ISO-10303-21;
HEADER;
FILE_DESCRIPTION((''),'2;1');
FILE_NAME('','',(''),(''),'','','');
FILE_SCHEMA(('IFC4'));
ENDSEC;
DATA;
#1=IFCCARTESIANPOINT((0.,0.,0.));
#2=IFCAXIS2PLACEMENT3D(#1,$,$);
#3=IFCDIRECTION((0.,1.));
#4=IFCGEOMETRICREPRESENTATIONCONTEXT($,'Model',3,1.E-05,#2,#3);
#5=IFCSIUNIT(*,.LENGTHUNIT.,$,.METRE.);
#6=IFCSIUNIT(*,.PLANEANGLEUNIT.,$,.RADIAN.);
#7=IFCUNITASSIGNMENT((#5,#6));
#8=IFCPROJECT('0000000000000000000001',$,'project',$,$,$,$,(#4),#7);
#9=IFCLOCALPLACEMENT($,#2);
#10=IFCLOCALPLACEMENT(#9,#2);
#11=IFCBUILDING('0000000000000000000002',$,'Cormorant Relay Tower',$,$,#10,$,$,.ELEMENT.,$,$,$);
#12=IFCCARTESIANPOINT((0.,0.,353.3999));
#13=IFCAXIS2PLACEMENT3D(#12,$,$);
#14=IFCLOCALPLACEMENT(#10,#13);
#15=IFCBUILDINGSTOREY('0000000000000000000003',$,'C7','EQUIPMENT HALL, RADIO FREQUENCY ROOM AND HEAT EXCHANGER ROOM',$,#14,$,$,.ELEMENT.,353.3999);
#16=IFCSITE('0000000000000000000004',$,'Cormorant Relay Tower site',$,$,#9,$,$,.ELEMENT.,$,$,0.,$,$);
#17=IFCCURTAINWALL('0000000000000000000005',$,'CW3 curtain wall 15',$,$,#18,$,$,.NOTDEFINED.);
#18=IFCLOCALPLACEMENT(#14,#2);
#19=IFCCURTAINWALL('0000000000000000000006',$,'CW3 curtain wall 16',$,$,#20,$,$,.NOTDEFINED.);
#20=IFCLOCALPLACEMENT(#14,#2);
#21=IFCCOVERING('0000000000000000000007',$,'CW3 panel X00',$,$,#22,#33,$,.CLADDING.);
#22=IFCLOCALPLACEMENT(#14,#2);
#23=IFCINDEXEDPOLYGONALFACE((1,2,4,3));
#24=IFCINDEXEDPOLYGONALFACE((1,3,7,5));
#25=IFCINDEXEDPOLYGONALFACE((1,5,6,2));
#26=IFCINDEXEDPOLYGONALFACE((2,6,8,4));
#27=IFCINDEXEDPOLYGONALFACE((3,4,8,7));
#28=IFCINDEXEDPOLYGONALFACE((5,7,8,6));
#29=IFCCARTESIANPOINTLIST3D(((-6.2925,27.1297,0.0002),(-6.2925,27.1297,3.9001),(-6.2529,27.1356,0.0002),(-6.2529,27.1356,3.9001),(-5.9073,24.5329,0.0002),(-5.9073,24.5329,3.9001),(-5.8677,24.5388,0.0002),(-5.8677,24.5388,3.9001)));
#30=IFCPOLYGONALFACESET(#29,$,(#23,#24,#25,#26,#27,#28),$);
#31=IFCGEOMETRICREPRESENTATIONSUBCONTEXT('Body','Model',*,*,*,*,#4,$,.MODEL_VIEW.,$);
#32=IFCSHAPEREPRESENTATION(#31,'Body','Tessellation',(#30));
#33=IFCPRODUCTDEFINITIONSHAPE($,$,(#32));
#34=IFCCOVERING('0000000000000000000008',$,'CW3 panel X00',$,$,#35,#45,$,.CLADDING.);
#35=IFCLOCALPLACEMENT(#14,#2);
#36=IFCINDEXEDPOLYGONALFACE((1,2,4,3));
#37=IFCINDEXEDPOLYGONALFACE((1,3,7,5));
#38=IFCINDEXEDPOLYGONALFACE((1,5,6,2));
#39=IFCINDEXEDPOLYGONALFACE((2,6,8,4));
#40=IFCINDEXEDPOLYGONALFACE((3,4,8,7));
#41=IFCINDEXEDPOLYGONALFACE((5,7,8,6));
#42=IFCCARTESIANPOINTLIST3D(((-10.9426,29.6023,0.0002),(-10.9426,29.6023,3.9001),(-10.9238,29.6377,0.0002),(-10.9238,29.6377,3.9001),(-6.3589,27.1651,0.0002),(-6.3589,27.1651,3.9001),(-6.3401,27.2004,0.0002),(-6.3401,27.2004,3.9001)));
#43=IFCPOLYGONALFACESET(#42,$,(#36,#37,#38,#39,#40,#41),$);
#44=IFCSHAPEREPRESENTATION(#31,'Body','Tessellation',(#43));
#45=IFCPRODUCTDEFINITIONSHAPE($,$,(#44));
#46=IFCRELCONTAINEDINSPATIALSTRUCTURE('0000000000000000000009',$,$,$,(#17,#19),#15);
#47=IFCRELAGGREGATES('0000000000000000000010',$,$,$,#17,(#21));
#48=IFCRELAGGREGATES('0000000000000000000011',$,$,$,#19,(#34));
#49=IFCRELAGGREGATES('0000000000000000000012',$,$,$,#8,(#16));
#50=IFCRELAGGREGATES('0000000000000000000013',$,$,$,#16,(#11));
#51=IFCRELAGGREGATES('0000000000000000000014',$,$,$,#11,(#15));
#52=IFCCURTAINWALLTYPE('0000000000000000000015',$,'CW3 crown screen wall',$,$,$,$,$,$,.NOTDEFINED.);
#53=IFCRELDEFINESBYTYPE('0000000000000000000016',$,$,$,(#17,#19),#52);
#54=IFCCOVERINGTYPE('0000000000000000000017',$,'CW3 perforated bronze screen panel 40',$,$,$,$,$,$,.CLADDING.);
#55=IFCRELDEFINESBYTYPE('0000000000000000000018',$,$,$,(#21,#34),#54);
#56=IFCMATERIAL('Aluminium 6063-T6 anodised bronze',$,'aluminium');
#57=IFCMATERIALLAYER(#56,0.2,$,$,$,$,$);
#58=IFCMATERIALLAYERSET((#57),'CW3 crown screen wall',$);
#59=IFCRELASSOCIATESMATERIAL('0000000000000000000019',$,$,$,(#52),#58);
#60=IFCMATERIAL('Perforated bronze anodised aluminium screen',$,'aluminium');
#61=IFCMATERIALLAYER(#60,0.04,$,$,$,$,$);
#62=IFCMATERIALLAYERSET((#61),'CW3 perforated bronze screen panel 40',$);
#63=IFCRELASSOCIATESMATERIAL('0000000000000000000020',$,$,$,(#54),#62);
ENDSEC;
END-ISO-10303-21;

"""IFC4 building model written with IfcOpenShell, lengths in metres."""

from ifc_helpers import new_model, si_unit, direction, frame, origin, origin_2d, place, context, subcontext, project, spatial, rectangle, extrude, material, layer, layer_set, type_object, element, aggregate, save


model = new_model("IFC4")

# Units and contexts
model_context = context("Model", 3, precision=1e-05, world=origin(), true_north=direction((0.0, 1.0)))
body_context = subcontext(model_context, "Body", "Model", "MODEL_VIEW")
ifc_project = project(units=[si_unit("LENGTHUNIT", "METRE"), si_unit("PLANEANGLEUNIT", "RADIAN")], contexts=[model_context])

# Site, building, storey
site_placement = place(None, origin())
site = spatial("IfcSite", under=ifc_project, at=site_placement, Name="Cormorant Relay Tower site", CompositionType="ELEMENT", RefElevation=0.0)
building_placement = place(site_placement, origin())
building = spatial("IfcBuilding", under=site, at=building_placement, Name="Cormorant Relay Tower", CompositionType="ELEMENT")
storey_placement = place(building_placement, frame((0.0, 0.0, 353.3999)))
storey = spatial("IfcBuildingStorey", under=building, at=storey_placement, Name="C7", Description="EQUIPMENT HALL, RADIO FREQUENCY ROOM AND HEAT EXCHANGER ROOM", CompositionType="ELEMENT", Elevation=353.3999)

# Curtain walls
ifc_material_1 = material(Name="Aluminium 6063-T6 anodised bronze", Category="aluminium")
ifc_layer_1 = layer(ifc_material_1, 0.2)
ifc_layer_set_1 = layer_set([ifc_layer_1], Name="CW3 crown screen wall")
curtain_wall_type = type_object("IfcCurtainWallType", Name="CW3 crown screen wall", PredefinedType="NOTDEFINED", material=ifc_layer_set_1)
curtain_wall_1_placement = place(storey_placement, origin())
curtain_wall_1 = element("IfcCurtainWall", 1, at=curtain_wall_1_placement, inside=storey, type_object=curtain_wall_type, Name="CW3 curtain wall 15", PredefinedType="NOTDEFINED")
curtain_wall_2_placement = place(storey_placement, origin())
curtain_wall_2 = element("IfcCurtainWall", 2, at=curtain_wall_2_placement, inside=storey, type_object=curtain_wall_type, Name="CW3 curtain wall 16", PredefinedType="NOTDEFINED")

# Shared definitions
ifc_material_2 = material(Name="Perforated bronze anodised aluminium screen", Category="aluminium")
ifc_layer_2 = layer(ifc_material_2, 0.04)
ifc_layer_set_2 = layer_set([ifc_layer_2], Name="CW3 perforated bronze screen panel 40")
covering_type = type_object("IfcCoveringType", Name="CW3 perforated bronze screen panel 40", PredefinedType="CLADDING", material=ifc_layer_set_2)

# Coverings
covering_1_placement = place(storey_placement, frame((-6.0801, 25.8342, 0.0002), z_axis=(0.0, 0.0, 1.0), x_axis=(-0.14673, 0.989177, 0.0)))
covering_1 = element("IfcCovering", 3, at=covering_1_placement, type_object=covering_type, Name="CW3 panel X00", PredefinedType="CLADDING", context=body_context, shape_type="SweptSolid", body=[
    extrude(rectangle(XDim=2.6252, YDim=0.04, at=origin_2d()), origin(), (0.0, 0.0, 1.0), 3.8999),
])
aggregate(curtain_wall_1, [covering_1])
covering_2_placement = place(storey_placement, frame((-8.6414, 28.4014, 0.0002), z_axis=(0.0, 0.0, 1.0), x_axis=(-0.882948, 0.469472, 0.0)))
covering_2 = element("IfcCovering", 4, at=covering_2_placement, type_object=covering_type, Name="CW3 panel X00", PredefinedType="CLADDING", context=body_context, shape_type="SweptSolid", body=[
    extrude(rectangle(XDim=5.1914, YDim=0.04, at=origin_2d()), origin(), (0.0, 0.0, 1.0), 3.8999),
])
aggregate(curtain_wall_2, [covering_2])

save(model, "model.ifc")
